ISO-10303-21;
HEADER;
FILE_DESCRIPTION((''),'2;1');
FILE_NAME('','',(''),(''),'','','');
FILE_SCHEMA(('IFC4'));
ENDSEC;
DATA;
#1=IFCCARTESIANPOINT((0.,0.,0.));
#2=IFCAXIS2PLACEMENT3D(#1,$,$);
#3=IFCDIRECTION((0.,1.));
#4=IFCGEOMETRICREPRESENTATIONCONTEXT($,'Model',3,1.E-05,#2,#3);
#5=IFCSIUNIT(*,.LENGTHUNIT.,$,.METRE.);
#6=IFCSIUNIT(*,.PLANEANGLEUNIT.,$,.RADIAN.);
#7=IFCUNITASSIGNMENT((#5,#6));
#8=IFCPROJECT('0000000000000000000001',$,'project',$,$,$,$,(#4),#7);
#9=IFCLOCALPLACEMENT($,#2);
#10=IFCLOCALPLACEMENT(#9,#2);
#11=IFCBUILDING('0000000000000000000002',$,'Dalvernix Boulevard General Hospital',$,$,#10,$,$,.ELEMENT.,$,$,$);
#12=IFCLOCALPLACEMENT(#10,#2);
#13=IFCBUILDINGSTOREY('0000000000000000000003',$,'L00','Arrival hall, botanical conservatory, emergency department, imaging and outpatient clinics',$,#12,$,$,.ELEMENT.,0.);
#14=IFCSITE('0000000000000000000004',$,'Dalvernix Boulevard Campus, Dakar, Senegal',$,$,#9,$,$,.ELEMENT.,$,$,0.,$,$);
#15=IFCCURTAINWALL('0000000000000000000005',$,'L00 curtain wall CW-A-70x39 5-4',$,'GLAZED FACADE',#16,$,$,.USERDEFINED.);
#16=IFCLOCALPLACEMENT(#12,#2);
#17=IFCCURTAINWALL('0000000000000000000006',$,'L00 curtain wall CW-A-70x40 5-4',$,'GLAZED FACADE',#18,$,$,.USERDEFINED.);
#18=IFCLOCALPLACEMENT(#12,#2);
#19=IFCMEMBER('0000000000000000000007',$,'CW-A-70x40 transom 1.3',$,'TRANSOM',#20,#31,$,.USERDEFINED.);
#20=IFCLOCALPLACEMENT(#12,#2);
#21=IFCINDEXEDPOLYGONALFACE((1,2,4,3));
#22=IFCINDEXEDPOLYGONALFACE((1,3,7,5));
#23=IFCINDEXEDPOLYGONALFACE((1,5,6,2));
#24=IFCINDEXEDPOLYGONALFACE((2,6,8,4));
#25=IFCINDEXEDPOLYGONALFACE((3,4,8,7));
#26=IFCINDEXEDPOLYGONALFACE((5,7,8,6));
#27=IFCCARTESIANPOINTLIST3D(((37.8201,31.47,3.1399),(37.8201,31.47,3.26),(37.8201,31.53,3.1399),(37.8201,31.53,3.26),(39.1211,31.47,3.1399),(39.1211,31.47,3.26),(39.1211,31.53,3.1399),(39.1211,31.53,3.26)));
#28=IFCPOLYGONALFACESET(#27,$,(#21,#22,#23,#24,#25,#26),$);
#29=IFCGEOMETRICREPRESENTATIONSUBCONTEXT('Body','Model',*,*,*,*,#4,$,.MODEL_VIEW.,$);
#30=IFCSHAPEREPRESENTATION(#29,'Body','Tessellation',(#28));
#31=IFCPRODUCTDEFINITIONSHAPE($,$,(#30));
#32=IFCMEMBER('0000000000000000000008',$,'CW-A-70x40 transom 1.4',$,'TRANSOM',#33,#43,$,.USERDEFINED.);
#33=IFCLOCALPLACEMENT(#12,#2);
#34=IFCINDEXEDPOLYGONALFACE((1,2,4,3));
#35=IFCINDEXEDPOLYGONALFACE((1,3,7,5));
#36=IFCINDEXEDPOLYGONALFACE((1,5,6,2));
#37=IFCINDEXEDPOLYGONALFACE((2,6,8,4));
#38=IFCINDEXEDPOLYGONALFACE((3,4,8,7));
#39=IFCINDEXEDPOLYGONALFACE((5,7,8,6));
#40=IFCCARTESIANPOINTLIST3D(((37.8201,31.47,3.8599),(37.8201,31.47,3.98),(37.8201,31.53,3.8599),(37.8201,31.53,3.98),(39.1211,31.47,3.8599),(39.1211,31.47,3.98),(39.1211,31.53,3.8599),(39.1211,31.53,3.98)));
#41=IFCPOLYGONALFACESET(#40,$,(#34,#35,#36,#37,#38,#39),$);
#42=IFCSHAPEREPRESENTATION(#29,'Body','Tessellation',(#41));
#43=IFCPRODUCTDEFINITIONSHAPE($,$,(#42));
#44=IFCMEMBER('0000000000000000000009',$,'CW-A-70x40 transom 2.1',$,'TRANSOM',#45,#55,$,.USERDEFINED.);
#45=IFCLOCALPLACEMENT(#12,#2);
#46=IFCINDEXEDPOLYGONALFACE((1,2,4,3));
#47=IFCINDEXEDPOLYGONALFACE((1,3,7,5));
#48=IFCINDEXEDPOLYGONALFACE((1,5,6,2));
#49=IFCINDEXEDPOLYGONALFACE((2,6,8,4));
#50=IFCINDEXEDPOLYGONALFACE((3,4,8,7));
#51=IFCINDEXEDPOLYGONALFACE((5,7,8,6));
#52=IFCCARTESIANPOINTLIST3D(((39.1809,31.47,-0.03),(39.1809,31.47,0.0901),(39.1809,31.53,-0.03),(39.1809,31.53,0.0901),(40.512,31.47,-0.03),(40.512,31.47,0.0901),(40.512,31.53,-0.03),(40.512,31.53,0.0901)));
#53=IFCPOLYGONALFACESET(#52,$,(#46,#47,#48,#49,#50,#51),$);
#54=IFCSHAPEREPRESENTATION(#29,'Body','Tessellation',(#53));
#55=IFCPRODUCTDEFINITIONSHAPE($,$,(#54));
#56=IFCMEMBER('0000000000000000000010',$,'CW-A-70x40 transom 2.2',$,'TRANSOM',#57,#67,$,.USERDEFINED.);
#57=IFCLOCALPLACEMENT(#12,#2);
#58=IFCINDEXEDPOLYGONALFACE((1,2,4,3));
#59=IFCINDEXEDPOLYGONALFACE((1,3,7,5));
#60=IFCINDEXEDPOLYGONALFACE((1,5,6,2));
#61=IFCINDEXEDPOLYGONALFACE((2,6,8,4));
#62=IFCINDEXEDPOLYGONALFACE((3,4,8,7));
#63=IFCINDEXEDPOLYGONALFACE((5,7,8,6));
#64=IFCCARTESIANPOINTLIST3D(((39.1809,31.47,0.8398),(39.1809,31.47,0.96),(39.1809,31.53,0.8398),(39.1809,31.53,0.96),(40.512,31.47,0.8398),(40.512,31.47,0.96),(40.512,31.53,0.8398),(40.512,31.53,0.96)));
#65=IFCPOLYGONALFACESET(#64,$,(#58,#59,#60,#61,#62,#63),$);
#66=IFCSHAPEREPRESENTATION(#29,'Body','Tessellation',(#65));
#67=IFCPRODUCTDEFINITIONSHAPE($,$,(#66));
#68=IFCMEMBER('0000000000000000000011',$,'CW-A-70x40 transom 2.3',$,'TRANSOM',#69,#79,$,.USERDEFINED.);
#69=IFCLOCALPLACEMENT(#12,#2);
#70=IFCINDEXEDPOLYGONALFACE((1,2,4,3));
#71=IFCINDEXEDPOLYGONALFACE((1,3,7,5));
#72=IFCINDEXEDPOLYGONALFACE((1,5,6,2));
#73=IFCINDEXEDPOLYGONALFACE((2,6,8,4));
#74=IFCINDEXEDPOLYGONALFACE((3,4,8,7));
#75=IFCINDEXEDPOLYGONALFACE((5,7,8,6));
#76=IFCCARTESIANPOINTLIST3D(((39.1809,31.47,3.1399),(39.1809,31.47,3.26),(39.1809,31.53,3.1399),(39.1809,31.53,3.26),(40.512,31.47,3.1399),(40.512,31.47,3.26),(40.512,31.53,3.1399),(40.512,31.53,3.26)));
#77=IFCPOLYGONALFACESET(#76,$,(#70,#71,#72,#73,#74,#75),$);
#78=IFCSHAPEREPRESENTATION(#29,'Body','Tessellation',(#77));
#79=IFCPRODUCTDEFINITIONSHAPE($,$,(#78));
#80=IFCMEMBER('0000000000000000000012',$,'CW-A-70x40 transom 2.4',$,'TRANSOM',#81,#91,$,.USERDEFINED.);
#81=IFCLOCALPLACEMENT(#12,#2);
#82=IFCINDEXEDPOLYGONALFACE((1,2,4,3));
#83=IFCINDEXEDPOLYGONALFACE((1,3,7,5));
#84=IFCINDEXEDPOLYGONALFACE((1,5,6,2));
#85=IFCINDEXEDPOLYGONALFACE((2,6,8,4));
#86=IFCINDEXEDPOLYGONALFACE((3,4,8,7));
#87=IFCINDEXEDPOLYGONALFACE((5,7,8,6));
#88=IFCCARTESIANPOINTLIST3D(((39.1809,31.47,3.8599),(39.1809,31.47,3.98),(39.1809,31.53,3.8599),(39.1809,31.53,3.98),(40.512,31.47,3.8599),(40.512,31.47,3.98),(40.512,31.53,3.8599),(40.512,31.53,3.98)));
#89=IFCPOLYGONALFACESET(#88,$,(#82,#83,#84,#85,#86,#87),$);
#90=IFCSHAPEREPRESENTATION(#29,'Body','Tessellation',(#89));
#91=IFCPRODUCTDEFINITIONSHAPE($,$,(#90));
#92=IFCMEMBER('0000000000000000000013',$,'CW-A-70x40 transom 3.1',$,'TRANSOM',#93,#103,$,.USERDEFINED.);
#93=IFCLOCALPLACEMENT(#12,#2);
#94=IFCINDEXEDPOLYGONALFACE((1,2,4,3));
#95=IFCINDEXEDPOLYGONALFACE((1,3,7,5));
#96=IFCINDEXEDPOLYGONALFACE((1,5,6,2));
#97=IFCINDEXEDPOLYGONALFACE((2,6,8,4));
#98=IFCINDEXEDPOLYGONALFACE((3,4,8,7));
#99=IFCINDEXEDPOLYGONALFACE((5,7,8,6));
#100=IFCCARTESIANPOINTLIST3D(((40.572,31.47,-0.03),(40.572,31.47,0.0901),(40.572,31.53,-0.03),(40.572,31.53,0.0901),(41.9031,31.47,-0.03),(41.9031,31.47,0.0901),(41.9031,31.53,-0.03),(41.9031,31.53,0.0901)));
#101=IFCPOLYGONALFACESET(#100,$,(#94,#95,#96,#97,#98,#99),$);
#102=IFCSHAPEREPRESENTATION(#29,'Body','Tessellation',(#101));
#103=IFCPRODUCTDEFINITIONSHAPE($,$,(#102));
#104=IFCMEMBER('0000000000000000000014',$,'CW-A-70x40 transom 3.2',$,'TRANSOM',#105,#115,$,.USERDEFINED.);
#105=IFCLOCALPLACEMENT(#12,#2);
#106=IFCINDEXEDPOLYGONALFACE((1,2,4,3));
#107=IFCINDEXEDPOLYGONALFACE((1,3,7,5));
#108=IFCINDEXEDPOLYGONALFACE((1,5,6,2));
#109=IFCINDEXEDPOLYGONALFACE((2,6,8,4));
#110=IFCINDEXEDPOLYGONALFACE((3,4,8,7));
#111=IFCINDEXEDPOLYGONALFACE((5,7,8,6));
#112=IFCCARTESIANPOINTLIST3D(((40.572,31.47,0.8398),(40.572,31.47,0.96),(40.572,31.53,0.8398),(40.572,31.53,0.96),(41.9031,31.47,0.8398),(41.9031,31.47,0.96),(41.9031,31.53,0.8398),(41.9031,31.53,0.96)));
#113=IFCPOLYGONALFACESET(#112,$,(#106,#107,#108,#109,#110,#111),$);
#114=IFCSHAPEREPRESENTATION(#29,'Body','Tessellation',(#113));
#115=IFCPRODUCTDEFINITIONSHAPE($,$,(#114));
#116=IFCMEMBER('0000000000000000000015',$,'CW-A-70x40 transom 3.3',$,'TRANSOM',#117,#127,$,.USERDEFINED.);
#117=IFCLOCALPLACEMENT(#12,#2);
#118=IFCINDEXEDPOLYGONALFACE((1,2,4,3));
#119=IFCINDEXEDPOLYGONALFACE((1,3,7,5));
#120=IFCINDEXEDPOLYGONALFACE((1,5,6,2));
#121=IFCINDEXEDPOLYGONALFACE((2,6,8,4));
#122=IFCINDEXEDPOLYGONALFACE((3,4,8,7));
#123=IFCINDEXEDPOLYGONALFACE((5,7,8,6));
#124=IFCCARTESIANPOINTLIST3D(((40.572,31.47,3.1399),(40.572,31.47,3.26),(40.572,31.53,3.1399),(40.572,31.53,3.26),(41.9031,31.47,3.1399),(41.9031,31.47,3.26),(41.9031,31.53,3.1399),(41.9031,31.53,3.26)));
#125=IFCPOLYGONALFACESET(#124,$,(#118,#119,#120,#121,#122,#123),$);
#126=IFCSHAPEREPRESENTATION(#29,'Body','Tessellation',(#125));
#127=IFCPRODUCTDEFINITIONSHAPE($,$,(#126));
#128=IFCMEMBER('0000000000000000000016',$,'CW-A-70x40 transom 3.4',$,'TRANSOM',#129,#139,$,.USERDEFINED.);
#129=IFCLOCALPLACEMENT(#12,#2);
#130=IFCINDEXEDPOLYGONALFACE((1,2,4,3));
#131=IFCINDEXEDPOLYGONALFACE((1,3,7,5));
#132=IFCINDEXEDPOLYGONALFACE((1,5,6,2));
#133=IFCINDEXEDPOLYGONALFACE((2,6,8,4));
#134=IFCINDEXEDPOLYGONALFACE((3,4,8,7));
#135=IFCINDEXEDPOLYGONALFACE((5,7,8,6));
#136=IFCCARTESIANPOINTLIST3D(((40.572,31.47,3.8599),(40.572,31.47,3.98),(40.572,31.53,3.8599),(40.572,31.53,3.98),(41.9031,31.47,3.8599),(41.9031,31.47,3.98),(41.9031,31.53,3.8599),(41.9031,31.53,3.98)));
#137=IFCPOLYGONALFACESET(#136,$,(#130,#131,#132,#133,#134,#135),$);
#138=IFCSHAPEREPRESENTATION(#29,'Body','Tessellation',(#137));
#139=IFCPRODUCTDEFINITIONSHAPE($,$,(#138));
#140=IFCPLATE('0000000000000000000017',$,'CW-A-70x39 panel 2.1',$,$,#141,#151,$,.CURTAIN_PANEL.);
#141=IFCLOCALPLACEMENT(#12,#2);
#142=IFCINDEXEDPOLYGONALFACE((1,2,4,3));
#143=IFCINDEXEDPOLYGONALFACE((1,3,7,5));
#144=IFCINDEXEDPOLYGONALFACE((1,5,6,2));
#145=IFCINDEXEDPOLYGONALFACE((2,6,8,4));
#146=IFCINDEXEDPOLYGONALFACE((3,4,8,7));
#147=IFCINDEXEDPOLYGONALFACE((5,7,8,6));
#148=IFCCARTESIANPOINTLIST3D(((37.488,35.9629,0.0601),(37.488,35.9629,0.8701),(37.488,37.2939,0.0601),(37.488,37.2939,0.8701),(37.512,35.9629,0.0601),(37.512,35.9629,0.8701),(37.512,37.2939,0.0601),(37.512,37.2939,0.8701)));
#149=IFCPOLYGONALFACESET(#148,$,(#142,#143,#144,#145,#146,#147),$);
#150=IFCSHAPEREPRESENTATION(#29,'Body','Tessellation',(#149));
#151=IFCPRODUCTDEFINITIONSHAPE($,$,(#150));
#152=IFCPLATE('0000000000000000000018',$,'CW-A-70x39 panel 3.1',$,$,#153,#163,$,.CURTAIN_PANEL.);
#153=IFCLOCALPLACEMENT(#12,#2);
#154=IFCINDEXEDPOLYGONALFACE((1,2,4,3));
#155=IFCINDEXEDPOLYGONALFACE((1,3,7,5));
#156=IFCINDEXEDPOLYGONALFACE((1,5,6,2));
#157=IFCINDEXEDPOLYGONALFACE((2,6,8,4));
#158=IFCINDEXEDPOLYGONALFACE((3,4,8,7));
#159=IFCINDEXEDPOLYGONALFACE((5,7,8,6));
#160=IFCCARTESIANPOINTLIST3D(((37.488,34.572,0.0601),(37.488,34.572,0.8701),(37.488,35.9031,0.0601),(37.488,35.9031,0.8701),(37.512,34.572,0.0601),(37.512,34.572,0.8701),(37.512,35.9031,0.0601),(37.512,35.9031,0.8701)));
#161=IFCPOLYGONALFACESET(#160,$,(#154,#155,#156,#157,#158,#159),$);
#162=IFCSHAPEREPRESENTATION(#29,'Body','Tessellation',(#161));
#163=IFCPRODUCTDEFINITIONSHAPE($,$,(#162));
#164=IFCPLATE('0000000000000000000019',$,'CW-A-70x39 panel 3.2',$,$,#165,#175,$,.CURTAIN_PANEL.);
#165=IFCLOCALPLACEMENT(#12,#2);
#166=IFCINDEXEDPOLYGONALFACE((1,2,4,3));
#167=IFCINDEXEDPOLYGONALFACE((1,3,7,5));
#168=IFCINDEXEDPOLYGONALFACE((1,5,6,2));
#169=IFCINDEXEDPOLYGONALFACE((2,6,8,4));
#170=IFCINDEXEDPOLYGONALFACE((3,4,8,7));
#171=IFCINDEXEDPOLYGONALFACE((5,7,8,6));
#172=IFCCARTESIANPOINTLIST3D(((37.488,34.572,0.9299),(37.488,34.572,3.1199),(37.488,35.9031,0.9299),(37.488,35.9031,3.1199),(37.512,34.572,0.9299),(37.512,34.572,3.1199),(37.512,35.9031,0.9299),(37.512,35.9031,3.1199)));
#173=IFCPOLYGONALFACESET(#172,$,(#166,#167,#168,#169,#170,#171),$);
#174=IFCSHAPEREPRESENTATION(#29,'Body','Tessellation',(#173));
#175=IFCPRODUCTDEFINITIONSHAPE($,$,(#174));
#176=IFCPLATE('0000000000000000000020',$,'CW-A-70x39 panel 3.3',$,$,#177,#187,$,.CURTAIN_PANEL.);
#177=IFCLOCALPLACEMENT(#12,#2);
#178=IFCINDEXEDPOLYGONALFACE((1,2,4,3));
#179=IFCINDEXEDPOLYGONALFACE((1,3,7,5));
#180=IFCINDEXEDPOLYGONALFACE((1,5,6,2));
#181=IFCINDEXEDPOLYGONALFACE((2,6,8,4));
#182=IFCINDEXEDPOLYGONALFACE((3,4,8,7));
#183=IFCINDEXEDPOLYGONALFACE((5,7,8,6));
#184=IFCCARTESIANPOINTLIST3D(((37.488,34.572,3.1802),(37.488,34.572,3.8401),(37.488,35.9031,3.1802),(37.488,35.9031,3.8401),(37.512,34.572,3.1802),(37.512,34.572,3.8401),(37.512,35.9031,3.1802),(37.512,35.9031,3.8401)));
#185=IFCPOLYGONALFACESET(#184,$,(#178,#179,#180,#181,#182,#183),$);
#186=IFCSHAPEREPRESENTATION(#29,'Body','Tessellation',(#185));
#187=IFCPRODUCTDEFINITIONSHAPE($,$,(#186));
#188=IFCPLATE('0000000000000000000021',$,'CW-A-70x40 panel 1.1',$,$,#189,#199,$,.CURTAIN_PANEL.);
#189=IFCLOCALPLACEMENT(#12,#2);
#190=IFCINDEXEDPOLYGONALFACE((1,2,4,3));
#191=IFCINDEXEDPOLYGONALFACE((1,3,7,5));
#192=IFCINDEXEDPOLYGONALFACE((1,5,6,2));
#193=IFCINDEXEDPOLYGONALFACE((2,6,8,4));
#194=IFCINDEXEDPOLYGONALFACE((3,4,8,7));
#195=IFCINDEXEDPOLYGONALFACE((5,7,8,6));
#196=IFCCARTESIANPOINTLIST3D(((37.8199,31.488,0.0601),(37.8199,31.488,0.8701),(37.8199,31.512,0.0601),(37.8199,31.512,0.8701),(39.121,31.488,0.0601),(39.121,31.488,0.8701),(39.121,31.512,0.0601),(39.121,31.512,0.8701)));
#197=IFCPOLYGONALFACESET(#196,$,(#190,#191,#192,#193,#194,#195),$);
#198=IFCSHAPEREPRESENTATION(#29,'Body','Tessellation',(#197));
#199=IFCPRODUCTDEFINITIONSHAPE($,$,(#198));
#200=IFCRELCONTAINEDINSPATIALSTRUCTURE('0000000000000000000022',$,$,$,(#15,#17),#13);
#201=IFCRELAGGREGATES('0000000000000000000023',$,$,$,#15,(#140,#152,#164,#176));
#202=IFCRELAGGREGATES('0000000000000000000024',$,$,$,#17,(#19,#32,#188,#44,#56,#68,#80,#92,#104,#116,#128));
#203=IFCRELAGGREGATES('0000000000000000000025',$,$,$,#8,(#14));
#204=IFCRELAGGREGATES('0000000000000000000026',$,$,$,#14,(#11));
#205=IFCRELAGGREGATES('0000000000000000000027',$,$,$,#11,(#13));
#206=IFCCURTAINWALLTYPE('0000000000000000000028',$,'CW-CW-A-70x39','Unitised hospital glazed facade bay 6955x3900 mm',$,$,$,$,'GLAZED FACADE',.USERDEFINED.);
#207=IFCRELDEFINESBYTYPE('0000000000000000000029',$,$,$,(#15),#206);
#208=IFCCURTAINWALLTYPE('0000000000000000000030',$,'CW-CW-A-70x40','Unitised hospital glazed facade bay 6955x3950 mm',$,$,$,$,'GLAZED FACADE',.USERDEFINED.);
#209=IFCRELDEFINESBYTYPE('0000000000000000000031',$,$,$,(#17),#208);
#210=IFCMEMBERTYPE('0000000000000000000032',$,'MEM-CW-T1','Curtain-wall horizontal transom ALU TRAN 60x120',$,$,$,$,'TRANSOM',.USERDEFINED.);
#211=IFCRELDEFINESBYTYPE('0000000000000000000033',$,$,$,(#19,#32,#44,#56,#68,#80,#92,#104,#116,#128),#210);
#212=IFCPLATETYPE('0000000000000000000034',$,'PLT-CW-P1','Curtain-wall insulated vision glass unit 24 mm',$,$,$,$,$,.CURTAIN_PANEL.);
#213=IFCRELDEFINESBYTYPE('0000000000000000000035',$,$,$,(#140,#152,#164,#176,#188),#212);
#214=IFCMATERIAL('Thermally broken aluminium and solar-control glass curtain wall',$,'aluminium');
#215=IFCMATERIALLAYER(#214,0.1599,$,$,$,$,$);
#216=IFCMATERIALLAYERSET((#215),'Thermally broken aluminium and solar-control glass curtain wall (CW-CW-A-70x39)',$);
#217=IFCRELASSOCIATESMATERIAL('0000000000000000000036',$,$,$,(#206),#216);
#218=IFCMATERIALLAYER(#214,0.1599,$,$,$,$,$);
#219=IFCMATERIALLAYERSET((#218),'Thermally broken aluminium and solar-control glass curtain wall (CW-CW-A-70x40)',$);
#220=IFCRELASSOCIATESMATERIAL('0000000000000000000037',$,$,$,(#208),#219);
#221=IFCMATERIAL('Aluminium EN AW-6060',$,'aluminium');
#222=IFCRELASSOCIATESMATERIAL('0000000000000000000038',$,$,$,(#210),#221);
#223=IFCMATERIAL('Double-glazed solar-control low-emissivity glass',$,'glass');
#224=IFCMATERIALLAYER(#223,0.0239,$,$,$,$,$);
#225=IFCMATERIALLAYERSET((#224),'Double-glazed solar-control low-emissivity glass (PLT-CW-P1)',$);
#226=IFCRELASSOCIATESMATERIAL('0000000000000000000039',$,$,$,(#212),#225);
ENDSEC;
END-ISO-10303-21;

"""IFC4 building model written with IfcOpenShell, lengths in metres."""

from ifc_helpers import new_model, si_unit, direction, frame, origin, origin_2d, place, context, subcontext, project, spatial, rectangle, extrude, material, layer, layer_set, material_profile, profile_set, type_object, element, aggregate, save


model = new_model("IFC4")

# Units and contexts
model_context = context("Model", 3, precision=1e-05, world=origin(), true_north=direction((0.0, 1.0)))
body_context = subcontext(model_context, "Body", "Model", "MODEL_VIEW")
ifc_project = project(units=[si_unit("LENGTHUNIT", "METRE"), si_unit("PLANEANGLEUNIT", "RADIAN")], contexts=[model_context])

# Site, building, storey
site_placement = place(None, origin())
site = spatial("IfcSite", under=ifc_project, at=site_placement, Name="Dalvernix Boulevard Campus, Dakar, Senegal", CompositionType="ELEMENT", RefElevation=0.0)
building_placement = place(site_placement, origin())
building = spatial("IfcBuilding", under=site, at=building_placement, Name="Dalvernix Boulevard General Hospital", CompositionType="ELEMENT")
storey_placement = place(building_placement, origin())
storey = spatial("IfcBuildingStorey", under=building, at=storey_placement, Name="L00", Description="Arrival hall, botanical conservatory, emergency department, imaging and outpatient clinics", CompositionType="ELEMENT", Elevation=0.0)

# Curtain walls
ifc_material_1 = material(Name="Thermally broken aluminium and solar-control glass curtain wall", Category="aluminium")
ifc_layer_1 = layer(ifc_material_1, 0.1599)
ifc_layer_set_1 = layer_set([ifc_layer_1], Name="Thermally broken aluminium and solar-control glass curtain wall (CW-CW-A-70x39)")
curtain_wall_type_1 = type_object("IfcCurtainWallType", Name="CW-CW-A-70x39", Description="Unitised hospital glazed facade bay 6955x3900 mm", ElementType="GLAZED FACADE", PredefinedType="USERDEFINED", material=ifc_layer_set_1)
curtain_wall_1_placement = place(storey_placement, origin())
curtain_wall_1 = element("IfcCurtainWall", 1, at=curtain_wall_1_placement, inside=storey, type_object=curtain_wall_type_1, Name="L00 curtain wall CW-A-70x39 5-4", ObjectType="GLAZED FACADE", PredefinedType="USERDEFINED")
ifc_material_2 = material(Name="Aluminium EN AW-6060", Category="aluminium")
ifc_layer_2 = layer(ifc_material_1, 0.1599)
ifc_layer_set_2 = layer_set([ifc_layer_2], Name="Thermally broken aluminium and solar-control glass curtain wall (CW-CW-A-70x40)")
curtain_wall_type_2 = type_object("IfcCurtainWallType", Name="CW-CW-A-70x40", Description="Unitised hospital glazed facade bay 6955x3950 mm", ElementType="GLAZED FACADE", PredefinedType="USERDEFINED", material=ifc_layer_set_2)
curtain_wall_2_placement = place(storey_placement, origin())
curtain_wall_2 = element("IfcCurtainWall", 2, at=curtain_wall_2_placement, inside=storey, type_object=curtain_wall_type_2, Name="L00 curtain wall CW-A-70x40 5-4", ObjectType="GLAZED FACADE", PredefinedType="USERDEFINED")

# Members
ifc_material_profile_1 = material_profile(ifc_material_2, rectangle(XDim=0.0601, YDim=0.1201, at=origin_2d()), Name="ALU TRAN 60x120")
ifc_profile_set_1 = profile_set([ifc_material_profile_1], Name="Aluminium EN AW-6060")
member_type_1 = type_object("IfcMemberType", Name="MEM-CW-T1", Description="Curtain-wall horizontal transom ALU TRAN 60x120", ElementType="TRANSOM", PredefinedType="USERDEFINED", material=ifc_profile_set_1)
member_1_placement = place(storey_placement, frame((37.8201, 31.5, 3.2), z_axis=(1.0, 0.0, 0.0), x_axis=(0.0, 1.0, 0.0)))
member_1 = element("IfcMember", 3, at=member_1_placement, type_object=member_type_1, Name="CW-A-70x40 transom 1.3", ObjectType="TRANSOM", PredefinedType="USERDEFINED", context=body_context, shape_type="SweptSolid", body=[
    extrude(rectangle(XDim=0.0601, YDim=0.1201, at=origin_2d()), origin(), (0.0, 0.0, 1.0), 1.301),
])
member_2_placement = place(storey_placement, frame((37.8201, 31.5, 3.9199), z_axis=(1.0, 0.0, 0.0), x_axis=(0.0, 1.0, 0.0)))
member_2 = element("IfcMember", 4, at=member_2_placement, type_object=member_type_1, Name="CW-A-70x40 transom 1.4", ObjectType="TRANSOM", PredefinedType="USERDEFINED", context=body_context, shape_type="SweptSolid", body=[
    extrude(rectangle(XDim=0.0601, YDim=0.1201, at=origin_2d()), origin(), (0.0, 0.0, 1.0), 1.301),
])
member_3_placement = place(storey_placement, frame((39.1809, 31.5, 0.03), z_axis=(1.0, 0.0, 0.0), x_axis=(0.0, 1.0, 0.0)))
member_3 = element("IfcMember", 5, at=member_3_placement, type_object=member_type_1, Name="CW-A-70x40 transom 2.1", ObjectType="TRANSOM", PredefinedType="USERDEFINED", context=body_context, shape_type="SweptSolid", body=[
    extrude(rectangle(XDim=0.0601, YDim=0.1201, at=origin_2d()), origin(), (0.0, 0.0, 1.0), 1.3311),
])
member_4_placement = place(storey_placement, frame((39.1809, 31.5, 0.8999), z_axis=(1.0, 0.0, 0.0), x_axis=(0.0, 1.0, 0.0)))
member_4 = element("IfcMember", 6, at=member_4_placement, type_object=member_type_1, Name="CW-A-70x40 transom 2.2", ObjectType="TRANSOM", PredefinedType="USERDEFINED", context=body_context, shape_type="SweptSolid", body=[
    extrude(rectangle(XDim=0.0601, YDim=0.1201, at=origin_2d()), origin(), (0.0, 0.0, 1.0), 1.3311),
])
member_5_placement = place(storey_placement, frame((39.1809, 31.5, 3.2), z_axis=(1.0, 0.0, 0.0), x_axis=(0.0, 1.0, 0.0)))
member_5 = element("IfcMember", 7, at=member_5_placement, type_object=member_type_1, Name="CW-A-70x40 transom 2.3", ObjectType="TRANSOM", PredefinedType="USERDEFINED", context=body_context, shape_type="SweptSolid", body=[
    extrude(rectangle(XDim=0.0601, YDim=0.1201, at=origin_2d()), origin(), (0.0, 0.0, 1.0), 1.3311),
])
member_6_placement = place(storey_placement, frame((39.1809, 31.5, 3.9199), z_axis=(1.0, 0.0, 0.0), x_axis=(0.0, 1.0, 0.0)))
member_6 = element("IfcMember", 8, at=member_6_placement, type_object=member_type_1, Name="CW-A-70x40 transom 2.4", ObjectType="TRANSOM", PredefinedType="USERDEFINED", context=body_context, shape_type="SweptSolid", body=[
    extrude(rectangle(XDim=0.0601, YDim=0.1201, at=origin_2d()), origin(), (0.0, 0.0, 1.0), 1.3311),
])
member_7_placement = place(storey_placement, frame((40.572, 31.5, 0.03), z_axis=(1.0, 0.0, 0.0), x_axis=(0.0, 1.0, 0.0)))
member_7 = element("IfcMember", 9, at=member_7_placement, type_object=member_type_1, Name="CW-A-70x40 transom 3.1", ObjectType="TRANSOM", PredefinedType="USERDEFINED", context=body_context, shape_type="SweptSolid", body=[
    extrude(rectangle(XDim=0.0601, YDim=0.1201, at=origin_2d()), origin(), (0.0, 0.0, 1.0), 1.3311),
])
member_8_placement = place(storey_placement, frame((40.572, 31.5, 0.8999), z_axis=(1.0, 0.0, 0.0), x_axis=(0.0, 1.0, 0.0)))
member_8 = element("IfcMember", 10, at=member_8_placement, type_object=member_type_1, Name="CW-A-70x40 transom 3.2", ObjectType="TRANSOM", PredefinedType="USERDEFINED", context=body_context, shape_type="SweptSolid", body=[
    extrude(rectangle(XDim=0.0601, YDim=0.1201, at=origin_2d()), origin(), (0.0, 0.0, 1.0), 1.3311),
])
member_9_placement = place(storey_placement, frame((40.572, 31.5, 3.2), z_axis=(1.0, 0.0, 0.0), x_axis=(0.0, 1.0, 0.0)))
member_9 = element("IfcMember", 11, at=member_9_placement, type_object=member_type_1, Name="CW-A-70x40 transom 3.3", ObjectType="TRANSOM", PredefinedType="USERDEFINED", context=body_context, shape_type="SweptSolid", body=[
    extrude(rectangle(XDim=0.0601, YDim=0.1201, at=origin_2d()), origin(), (0.0, 0.0, 1.0), 1.3311),
])
member_10_placement = place(storey_placement, frame((40.572, 31.5, 3.9199), z_axis=(1.0, 0.0, 0.0), x_axis=(0.0, 1.0, 0.0)))
member_10 = element("IfcMember", 12, at=member_10_placement, type_object=member_type_1, Name="CW-A-70x40 transom 3.4", ObjectType="TRANSOM", PredefinedType="USERDEFINED", context=body_context, shape_type="SweptSolid", body=[
    extrude(rectangle(XDim=0.0601, YDim=0.1201, at=origin_2d()), origin(), (0.0, 0.0, 1.0), 1.3311),
])

# Plates
ifc_material_3 = material(Name="Double-glazed solar-control low-emissivity glass", Category="glass")
ifc_layer_3 = layer(ifc_material_3, 0.0239)
ifc_layer_set_3 = layer_set([ifc_layer_3], Name="Double-glazed solar-control low-emissivity glass (PLT-CW-P1)")
plate_type = type_object("IfcPlateType", Name="PLT-CW-P1", Description="Curtain-wall insulated vision glass unit 24 mm", PredefinedType="CURTAIN_PANEL", material=ifc_layer_set_3)
plate_1_placement = place(storey_placement, frame((37.5, 36.6284, 0.0601), z_axis=(0.0, 0.0, 1.0), x_axis=(0.0, -1.0, 0.0)))
plate_1 = element("IfcPlate", 13, at=plate_1_placement, type_object=plate_type, Name="CW-A-70x39 panel 2.1", PredefinedType="CURTAIN_PANEL", context=body_context, shape_type="SweptSolid", body=[
    extrude(rectangle(XDim=1.3311, YDim=0.0239, at=origin_2d()), origin(), (0.0, 0.0, 1.0), 0.8101),
])
plate_2_placement = place(storey_placement, frame((37.5, 35.2375, 0.0601), z_axis=(0.0, 0.0, 1.0), x_axis=(0.0, -1.0, 0.0)))
plate_2 = element("IfcPlate", 14, at=plate_2_placement, type_object=plate_type, Name="CW-A-70x39 panel 3.1", PredefinedType="CURTAIN_PANEL", context=body_context, shape_type="SweptSolid", body=[
    extrude(rectangle(XDim=1.3311, YDim=0.0239, at=origin_2d()), origin(), (0.0, 0.0, 1.0), 0.8101),
])
plate_3_placement = place(storey_placement, frame((37.5, 35.2375, 0.9299), z_axis=(0.0, 0.0, 1.0), x_axis=(0.0, -1.0, 0.0)))
plate_3 = element("IfcPlate", 15, at=plate_3_placement, type_object=plate_type, Name="CW-A-70x39 panel 3.2", PredefinedType="CURTAIN_PANEL", context=body_context, shape_type="SweptSolid", body=[
    extrude(rectangle(XDim=1.3311, YDim=0.0239, at=origin_2d()), origin(), (0.0, 0.0, 1.0), 2.1899),
])
plate_4_placement = place(storey_placement, frame((37.5, 35.2375, 3.1802), z_axis=(0.0, 0.0, 1.0), x_axis=(0.0, -1.0, 0.0)))
plate_4 = element("IfcPlate", 16, at=plate_4_placement, type_object=plate_type, Name="CW-A-70x39 panel 3.3", PredefinedType="CURTAIN_PANEL", context=body_context, shape_type="SweptSolid", body=[
    extrude(rectangle(XDim=1.3311, YDim=0.0239, at=origin_2d()), origin(), (0.0, 0.0, 1.0), 0.6599),
])
aggregate(curtain_wall_1, [plate_1, plate_2, plate_3, plate_4])
plate_5_placement = place(storey_placement, frame((38.4705, 31.5, 0.0601), z_axis=(0.0, 0.0, 1.0), x_axis=(1.0, 0.0, 0.0)))
plate_5 = element("IfcPlate", 17, at=plate_5_placement, type_object=plate_type, Name="CW-A-70x40 panel 1.1", PredefinedType="CURTAIN_PANEL", context=body_context, shape_type="SweptSolid", body=[
    extrude(rectangle(XDim=1.301, YDim=0.0239, at=origin_2d()), origin(), (0.0, 0.0, 1.0), 0.8101),
])
aggregate(curtain_wall_2, [member_1, member_2, plate_5, member_3, member_4, member_5, member_6, member_7, member_8, member_9, member_10])

save(model, "model.ifc")
